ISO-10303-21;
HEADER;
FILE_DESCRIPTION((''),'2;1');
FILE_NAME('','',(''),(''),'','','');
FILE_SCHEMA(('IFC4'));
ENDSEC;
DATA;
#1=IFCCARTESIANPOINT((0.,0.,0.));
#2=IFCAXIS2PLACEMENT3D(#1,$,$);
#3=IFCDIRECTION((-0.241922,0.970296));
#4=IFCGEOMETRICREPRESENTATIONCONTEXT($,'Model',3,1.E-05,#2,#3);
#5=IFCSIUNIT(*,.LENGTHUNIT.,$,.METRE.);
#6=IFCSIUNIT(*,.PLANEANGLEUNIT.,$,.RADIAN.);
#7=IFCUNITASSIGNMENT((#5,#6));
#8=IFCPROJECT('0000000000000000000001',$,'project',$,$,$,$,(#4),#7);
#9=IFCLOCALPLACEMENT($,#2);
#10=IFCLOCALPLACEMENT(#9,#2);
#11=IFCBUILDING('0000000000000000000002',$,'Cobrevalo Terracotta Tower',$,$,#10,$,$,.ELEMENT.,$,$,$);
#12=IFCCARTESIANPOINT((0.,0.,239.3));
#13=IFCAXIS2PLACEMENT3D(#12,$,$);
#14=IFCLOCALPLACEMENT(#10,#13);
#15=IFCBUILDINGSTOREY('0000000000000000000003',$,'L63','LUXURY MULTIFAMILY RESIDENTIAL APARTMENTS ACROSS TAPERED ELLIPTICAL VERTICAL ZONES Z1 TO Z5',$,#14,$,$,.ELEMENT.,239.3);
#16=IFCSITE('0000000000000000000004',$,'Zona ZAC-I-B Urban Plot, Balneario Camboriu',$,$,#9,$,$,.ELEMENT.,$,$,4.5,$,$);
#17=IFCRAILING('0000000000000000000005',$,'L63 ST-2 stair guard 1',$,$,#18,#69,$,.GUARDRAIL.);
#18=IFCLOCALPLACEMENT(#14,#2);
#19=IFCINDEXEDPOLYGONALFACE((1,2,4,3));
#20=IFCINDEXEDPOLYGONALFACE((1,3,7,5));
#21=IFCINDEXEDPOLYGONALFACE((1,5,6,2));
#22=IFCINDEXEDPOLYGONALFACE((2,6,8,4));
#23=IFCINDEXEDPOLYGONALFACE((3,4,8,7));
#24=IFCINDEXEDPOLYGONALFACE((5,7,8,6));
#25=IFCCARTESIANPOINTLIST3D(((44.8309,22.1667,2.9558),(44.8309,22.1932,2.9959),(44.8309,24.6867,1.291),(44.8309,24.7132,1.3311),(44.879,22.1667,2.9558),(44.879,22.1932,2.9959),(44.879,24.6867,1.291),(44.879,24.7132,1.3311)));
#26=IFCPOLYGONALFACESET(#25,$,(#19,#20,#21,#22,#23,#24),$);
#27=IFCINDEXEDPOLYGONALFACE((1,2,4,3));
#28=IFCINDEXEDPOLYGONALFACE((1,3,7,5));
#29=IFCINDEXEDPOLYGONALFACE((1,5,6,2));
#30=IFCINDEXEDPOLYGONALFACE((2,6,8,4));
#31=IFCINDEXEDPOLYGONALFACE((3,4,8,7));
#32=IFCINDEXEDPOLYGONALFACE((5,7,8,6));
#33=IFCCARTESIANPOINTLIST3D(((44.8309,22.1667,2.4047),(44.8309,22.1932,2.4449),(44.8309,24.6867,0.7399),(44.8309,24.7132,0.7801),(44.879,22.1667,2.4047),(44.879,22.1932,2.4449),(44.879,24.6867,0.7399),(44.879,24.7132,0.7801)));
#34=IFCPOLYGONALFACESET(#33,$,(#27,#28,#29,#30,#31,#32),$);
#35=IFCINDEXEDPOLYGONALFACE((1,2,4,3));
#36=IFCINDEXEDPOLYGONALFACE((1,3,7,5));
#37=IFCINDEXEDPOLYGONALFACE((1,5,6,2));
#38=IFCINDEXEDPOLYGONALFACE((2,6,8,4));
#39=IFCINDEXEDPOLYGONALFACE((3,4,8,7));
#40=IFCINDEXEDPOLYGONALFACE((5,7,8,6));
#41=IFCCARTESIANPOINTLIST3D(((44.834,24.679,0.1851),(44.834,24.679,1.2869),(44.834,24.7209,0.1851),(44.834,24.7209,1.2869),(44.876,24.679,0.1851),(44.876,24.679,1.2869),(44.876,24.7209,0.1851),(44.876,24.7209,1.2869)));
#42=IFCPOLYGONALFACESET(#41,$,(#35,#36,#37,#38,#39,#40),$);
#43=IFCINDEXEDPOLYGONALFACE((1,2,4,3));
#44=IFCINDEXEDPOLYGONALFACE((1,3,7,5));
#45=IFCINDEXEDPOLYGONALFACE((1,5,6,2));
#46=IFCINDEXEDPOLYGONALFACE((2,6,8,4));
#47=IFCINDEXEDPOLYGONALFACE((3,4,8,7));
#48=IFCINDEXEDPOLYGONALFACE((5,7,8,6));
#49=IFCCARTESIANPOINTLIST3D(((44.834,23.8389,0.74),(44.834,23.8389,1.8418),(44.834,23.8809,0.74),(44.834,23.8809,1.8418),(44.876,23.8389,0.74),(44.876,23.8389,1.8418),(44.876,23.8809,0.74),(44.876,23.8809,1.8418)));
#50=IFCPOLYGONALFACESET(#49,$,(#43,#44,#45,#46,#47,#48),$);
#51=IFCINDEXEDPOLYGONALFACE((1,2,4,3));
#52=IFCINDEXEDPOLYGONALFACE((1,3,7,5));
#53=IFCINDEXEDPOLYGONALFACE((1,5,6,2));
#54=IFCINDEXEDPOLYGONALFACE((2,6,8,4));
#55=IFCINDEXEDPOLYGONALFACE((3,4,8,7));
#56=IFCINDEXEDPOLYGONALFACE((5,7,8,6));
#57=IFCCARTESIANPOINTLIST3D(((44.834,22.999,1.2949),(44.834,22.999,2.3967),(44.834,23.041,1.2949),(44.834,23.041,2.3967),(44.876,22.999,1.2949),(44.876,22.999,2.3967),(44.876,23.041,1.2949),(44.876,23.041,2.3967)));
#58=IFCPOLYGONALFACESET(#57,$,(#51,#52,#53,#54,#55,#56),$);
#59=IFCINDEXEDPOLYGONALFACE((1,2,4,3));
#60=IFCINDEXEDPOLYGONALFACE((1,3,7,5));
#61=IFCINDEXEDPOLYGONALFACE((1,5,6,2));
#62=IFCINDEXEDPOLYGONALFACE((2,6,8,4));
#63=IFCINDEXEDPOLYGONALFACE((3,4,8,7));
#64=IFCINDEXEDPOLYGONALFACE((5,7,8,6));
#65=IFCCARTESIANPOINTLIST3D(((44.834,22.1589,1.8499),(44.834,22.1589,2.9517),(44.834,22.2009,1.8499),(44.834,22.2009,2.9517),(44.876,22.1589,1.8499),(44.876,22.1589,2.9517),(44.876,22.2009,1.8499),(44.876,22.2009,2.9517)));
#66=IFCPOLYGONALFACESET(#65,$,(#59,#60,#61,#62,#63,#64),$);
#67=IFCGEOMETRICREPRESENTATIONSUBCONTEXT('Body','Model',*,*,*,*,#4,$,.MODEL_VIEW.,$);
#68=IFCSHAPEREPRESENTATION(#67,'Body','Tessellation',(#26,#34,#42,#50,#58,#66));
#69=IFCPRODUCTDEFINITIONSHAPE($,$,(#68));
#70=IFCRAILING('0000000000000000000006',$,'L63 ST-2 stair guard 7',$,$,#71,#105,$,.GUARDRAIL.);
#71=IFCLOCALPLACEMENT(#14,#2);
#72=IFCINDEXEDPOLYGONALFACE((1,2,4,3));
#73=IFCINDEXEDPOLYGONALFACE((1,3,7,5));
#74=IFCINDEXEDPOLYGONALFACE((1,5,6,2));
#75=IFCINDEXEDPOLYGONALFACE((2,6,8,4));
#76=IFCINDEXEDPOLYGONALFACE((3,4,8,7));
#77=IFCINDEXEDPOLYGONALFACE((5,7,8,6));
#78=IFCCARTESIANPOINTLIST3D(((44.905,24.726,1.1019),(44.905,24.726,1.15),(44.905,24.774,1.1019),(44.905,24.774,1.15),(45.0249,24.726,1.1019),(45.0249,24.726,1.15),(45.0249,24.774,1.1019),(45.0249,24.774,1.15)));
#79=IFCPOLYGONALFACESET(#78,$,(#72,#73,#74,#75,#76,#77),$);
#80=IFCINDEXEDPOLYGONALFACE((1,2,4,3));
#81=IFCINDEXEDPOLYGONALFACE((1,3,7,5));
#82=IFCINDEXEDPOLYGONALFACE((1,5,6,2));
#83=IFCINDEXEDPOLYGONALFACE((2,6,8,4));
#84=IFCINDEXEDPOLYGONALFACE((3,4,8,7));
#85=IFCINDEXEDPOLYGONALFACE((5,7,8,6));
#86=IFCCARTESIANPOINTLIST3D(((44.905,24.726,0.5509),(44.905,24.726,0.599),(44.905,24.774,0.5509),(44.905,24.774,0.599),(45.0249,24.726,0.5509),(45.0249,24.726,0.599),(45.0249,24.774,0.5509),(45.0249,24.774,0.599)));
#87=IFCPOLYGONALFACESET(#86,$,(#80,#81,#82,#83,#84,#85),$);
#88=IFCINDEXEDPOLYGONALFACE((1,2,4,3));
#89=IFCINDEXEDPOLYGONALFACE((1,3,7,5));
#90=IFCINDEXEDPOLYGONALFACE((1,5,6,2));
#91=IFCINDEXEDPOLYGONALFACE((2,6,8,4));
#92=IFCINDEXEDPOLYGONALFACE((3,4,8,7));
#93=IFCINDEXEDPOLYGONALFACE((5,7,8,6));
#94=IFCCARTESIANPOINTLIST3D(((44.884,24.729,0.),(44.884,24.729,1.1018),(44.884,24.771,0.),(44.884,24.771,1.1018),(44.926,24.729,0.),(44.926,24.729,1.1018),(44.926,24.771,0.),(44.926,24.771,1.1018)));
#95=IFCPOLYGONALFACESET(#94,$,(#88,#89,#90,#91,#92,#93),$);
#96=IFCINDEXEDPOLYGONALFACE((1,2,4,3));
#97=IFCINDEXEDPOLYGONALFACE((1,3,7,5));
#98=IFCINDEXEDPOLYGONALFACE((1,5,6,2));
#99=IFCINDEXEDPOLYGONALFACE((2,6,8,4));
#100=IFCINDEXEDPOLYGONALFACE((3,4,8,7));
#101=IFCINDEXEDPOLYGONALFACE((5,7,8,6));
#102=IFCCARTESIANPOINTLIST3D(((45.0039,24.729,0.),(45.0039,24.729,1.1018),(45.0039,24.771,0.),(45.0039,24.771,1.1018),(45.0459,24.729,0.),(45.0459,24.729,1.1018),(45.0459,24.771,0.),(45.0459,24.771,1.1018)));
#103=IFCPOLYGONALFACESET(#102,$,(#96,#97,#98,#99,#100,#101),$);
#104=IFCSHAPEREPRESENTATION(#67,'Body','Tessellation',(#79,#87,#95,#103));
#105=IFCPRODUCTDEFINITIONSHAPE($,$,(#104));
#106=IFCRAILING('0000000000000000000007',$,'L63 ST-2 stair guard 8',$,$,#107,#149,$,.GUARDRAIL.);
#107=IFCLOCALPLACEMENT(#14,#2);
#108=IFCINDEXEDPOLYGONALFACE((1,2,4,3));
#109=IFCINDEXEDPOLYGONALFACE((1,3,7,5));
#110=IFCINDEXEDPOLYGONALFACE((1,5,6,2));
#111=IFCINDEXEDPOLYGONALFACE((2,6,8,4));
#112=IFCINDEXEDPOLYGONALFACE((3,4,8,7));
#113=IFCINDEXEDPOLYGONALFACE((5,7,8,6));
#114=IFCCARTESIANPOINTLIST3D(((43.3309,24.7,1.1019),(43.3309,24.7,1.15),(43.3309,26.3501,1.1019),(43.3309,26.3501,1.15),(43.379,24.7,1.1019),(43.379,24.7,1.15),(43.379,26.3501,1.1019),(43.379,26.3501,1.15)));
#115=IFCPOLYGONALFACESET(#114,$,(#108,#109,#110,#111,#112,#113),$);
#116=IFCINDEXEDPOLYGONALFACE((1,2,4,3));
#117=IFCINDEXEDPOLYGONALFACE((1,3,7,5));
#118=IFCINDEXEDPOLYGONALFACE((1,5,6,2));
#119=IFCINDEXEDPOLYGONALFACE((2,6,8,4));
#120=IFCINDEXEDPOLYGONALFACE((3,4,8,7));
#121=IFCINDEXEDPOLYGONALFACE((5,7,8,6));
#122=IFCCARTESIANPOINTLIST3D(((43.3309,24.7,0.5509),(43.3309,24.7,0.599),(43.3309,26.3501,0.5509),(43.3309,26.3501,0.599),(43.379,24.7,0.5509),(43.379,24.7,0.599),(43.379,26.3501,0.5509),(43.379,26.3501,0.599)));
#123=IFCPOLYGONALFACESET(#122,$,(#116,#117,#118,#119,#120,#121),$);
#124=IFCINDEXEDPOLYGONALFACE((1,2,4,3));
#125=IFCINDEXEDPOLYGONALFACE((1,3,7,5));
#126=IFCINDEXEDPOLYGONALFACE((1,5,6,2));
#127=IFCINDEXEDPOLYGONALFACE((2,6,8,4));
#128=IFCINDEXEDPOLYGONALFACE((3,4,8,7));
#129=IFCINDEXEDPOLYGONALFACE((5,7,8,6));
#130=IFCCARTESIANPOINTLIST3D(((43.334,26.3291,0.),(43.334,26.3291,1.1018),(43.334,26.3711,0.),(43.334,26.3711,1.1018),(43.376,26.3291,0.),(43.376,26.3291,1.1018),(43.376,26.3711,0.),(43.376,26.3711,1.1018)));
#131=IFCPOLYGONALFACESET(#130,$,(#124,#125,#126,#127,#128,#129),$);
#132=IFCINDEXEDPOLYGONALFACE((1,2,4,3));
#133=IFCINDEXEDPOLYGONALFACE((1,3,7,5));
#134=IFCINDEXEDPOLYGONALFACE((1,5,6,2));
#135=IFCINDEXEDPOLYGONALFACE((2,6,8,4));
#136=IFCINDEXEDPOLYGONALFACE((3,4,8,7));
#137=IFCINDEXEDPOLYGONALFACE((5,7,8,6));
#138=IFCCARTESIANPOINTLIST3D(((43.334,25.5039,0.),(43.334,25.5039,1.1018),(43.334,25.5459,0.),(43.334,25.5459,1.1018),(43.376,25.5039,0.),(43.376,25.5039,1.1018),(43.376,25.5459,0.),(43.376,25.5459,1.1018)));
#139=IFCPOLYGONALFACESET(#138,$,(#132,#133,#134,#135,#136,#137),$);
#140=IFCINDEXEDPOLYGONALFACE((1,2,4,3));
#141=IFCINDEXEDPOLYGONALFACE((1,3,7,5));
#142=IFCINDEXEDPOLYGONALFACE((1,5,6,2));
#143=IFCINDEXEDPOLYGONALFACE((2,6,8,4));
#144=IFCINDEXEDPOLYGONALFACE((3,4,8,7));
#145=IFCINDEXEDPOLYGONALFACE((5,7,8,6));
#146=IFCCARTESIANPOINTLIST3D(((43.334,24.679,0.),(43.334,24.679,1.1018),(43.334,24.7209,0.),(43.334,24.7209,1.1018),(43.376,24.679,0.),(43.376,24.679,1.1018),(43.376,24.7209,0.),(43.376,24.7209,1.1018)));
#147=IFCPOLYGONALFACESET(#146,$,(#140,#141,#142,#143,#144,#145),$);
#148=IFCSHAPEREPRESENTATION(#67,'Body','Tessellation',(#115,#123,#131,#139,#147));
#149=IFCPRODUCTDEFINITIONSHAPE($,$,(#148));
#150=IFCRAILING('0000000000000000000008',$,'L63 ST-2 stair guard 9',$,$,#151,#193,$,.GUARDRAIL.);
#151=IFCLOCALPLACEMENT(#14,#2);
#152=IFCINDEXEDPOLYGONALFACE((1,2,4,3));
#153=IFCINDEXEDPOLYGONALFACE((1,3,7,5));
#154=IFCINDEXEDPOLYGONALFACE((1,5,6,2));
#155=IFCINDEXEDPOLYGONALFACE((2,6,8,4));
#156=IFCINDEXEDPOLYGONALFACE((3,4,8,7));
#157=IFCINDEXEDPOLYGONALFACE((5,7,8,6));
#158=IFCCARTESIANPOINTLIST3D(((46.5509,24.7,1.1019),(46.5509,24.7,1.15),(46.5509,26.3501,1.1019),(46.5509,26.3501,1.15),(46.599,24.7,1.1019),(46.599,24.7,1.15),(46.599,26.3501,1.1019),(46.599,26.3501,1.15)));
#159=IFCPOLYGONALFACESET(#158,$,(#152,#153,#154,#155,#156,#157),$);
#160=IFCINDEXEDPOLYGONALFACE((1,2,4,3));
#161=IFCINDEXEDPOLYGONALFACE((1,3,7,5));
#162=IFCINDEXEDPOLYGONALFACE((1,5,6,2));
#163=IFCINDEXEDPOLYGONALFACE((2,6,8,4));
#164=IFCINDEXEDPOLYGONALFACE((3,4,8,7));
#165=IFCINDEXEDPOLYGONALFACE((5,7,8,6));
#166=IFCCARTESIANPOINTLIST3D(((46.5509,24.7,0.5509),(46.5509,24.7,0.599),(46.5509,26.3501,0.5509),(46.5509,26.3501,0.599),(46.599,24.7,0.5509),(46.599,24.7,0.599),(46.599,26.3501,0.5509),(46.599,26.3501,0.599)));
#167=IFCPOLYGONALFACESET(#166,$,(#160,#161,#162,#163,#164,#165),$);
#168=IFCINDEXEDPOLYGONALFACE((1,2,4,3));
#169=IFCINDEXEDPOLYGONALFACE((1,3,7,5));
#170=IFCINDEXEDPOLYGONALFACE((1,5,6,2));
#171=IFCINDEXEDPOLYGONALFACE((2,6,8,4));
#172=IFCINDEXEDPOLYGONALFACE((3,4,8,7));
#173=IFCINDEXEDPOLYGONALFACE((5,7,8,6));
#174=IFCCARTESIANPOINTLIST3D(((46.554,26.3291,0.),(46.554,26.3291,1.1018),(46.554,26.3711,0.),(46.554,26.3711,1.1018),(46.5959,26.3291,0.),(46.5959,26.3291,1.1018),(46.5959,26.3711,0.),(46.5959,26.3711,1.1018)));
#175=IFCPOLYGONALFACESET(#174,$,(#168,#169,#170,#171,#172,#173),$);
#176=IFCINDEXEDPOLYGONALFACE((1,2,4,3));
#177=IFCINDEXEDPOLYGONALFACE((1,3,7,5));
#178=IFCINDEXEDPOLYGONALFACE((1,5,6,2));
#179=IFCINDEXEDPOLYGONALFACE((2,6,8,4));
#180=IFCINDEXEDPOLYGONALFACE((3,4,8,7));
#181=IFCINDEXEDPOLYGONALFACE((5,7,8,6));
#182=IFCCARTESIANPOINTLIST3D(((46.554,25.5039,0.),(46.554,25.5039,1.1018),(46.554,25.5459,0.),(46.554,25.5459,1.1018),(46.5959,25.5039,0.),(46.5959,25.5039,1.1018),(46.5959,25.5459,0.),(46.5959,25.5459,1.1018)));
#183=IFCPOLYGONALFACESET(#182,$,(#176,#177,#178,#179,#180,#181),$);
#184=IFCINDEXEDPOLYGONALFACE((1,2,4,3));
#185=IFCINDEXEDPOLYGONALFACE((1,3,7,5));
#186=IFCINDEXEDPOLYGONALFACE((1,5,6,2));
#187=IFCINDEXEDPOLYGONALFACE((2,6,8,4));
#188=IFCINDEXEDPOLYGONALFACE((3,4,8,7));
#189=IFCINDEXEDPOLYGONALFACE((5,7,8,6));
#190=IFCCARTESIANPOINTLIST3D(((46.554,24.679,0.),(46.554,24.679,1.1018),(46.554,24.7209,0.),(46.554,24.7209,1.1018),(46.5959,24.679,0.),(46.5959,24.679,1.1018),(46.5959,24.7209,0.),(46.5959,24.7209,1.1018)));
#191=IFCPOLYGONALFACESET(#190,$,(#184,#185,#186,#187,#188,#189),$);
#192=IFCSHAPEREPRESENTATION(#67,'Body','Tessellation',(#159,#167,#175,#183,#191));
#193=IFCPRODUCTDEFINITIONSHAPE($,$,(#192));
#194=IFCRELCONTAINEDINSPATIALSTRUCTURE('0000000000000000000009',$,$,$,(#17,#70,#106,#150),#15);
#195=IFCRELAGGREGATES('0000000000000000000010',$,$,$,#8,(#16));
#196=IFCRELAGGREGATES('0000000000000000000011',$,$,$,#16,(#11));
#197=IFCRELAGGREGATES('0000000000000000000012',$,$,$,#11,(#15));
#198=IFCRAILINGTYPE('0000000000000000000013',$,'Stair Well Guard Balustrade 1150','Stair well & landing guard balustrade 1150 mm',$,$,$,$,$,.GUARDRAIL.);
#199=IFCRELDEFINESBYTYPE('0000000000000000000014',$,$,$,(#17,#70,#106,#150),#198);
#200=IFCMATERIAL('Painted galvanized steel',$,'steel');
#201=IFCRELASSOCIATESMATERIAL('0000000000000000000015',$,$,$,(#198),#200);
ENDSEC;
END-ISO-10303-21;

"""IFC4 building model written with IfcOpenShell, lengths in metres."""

from ifc_helpers import new_model, si_unit, direction, frame, origin, origin_2d, place, context, subcontext, project, spatial, rectangle, extrude, material, type_object, element, save


model = new_model("IFC4")

# Units and contexts
model_context = context("Model", 3, precision=1e-05, world=origin(), true_north=direction((-0.241922, 0.970296)))
body_context = subcontext(model_context, "Body", "Model", "MODEL_VIEW")
ifc_project = project(units=[si_unit("LENGTHUNIT", "METRE"), si_unit("PLANEANGLEUNIT", "RADIAN")], contexts=[model_context])

# Site, building, storey
site_placement = place(None, origin())
site = spatial("IfcSite", under=ifc_project, at=site_placement, Name="Zona ZAC-I-B Urban Plot, Balneario Camboriu", CompositionType="ELEMENT", RefElevation=4.5)
building_placement = place(site_placement, origin())
building = spatial("IfcBuilding", under=site, at=building_placement, Name="Cobrevalo Terracotta Tower", CompositionType="ELEMENT")
storey_placement = place(building_placement, frame((0.0, 0.0, 239.3)))
storey = spatial("IfcBuildingStorey", under=building, at=storey_placement, Name="L63", Description="LUXURY MULTIFAMILY RESIDENTIAL APARTMENTS ACROSS TAPERED ELLIPTICAL VERTICAL ZONES Z1 TO Z5", CompositionType="ELEMENT", Elevation=239.3)

# Railings
ifc_material_1 = material(Name="Painted galvanized steel", Category="steel")
railing_type = type_object("IfcRailingType", Name="Stair Well Guard Balustrade 1150", Description="Stair well & landing guard balustrade 1150 mm", PredefinedType="GUARDRAIL", material=ifc_material_1)
railing_1_placement = place(storey_placement, frame((44.855, 24.7, 0.1851)))
element("IfcRailing", 1, at=railing_1_placement, inside=storey, type_object=railing_type, Name="L63 ST-2 stair guard 1", PredefinedType="GUARDRAIL", context=body_context, shape_type="SweptSolid", body=[
    extrude(rectangle(XDim=0.0481, YDim=0.0481, at=origin_2d()), frame((0.0, 0.0, 1.126), z_axis=(0.0, -0.834369, 0.551207), x_axis=(1.0, 0.0, 0.0)), (0.0, 0.0, 1.0), 3.0203),
    extrude(rectangle(XDim=0.0481, YDim=0.0481, at=origin_2d()), frame((0.0, 0.0, 0.575), z_axis=(0.0, -0.834369, 0.551207), x_axis=(1.0, 0.0, 0.0)), (0.0, 0.0, 1.0), 3.0203),
    extrude(rectangle(XDim=0.042, YDim=0.042, at=origin_2d()), origin(), (0.0, 0.0, 1.0), 1.1018),
    extrude(rectangle(XDim=0.042, YDim=0.042, at=origin_2d()), frame((0.0, -0.8401, 0.5549)), (0.0, 0.0, 1.0), 1.1018),
    extrude(rectangle(XDim=0.042, YDim=0.042, at=origin_2d()), frame((0.0, -1.6799, 1.1099)), (0.0, 0.0, 1.0), 1.1018),
    extrude(rectangle(XDim=0.042, YDim=0.042, at=origin_2d()), frame((0.0, -2.52, 1.6648)), (0.0, 0.0, 1.0), 1.1018),
])
railing_2_placement = place(storey_placement, frame((44.905, 24.75, 0.0)))
element("IfcRailing", 2, at=railing_2_placement, inside=storey, type_object=railing_type, Name="L63 ST-2 stair guard 7", PredefinedType="GUARDRAIL", context=body_context, shape_type="SweptSolid", body=[
    extrude(rectangle(XDim=0.0481, YDim=0.0481, at=origin_2d()), frame((0.0, 0.0, 1.126), z_axis=(1.0, 0.0, 0.0), x_axis=(0.0, 1.0, 0.0)), (0.0, 0.0, 1.0), 0.1199),
    extrude(rectangle(XDim=0.0481, YDim=0.0481, at=origin_2d()), frame((0.0, 0.0, 0.575), z_axis=(1.0, 0.0, 0.0), x_axis=(0.0, 1.0, 0.0)), (0.0, 0.0, 1.0), 0.1199),
    extrude(rectangle(XDim=0.042, YDim=0.042, at=origin_2d()), origin(), (0.0, 0.0, 1.0), 1.1018),
    extrude(rectangle(XDim=0.042, YDim=0.042, at=origin_2d()), frame((0.1199, 0.0, 0.0)), (0.0, 0.0, 1.0), 1.1018),
])
for number, where, name in (
    (3, (43.355, 26.3501, 0.0), "L63 ST-2 stair guard 8"),
    (4, (46.575, 26.3501, 0.0), "L63 ST-2 stair guard 9"),
):
    element("IfcRailing", number, at=place(storey_placement, frame(where)), inside=storey, type_object=railing_type, Name=name, PredefinedType="GUARDRAIL", context=body_context, shape_type="SweptSolid", body=[
        extrude(rectangle(XDim=0.0481, YDim=0.0481, at=origin_2d()), frame((0.0, 0.0, 1.126), z_axis=(0.0, -1.0, 0.0), x_axis=(1.0, 0.0, 0.0)), (0.0, 0.0, 1.0), 1.6501),
        extrude(rectangle(XDim=0.0481, YDim=0.0481, at=origin_2d()), frame((0.0, 0.0, 0.575), z_axis=(0.0, -1.0, 0.0), x_axis=(1.0, 0.0, 0.0)), (0.0, 0.0, 1.0), 1.6501),
        extrude(rectangle(XDim=0.042, YDim=0.042, at=origin_2d()), origin(), (0.0, 0.0, 1.0), 1.1018),
        extrude(rectangle(XDim=0.042, YDim=0.042, at=origin_2d()), frame((0.0, -0.8252, 0.0)), (0.0, 0.0, 1.0), 1.1018),
        extrude(rectangle(XDim=0.042, YDim=0.042, at=origin_2d()), frame((0.0, -1.6501, 0.0)), (0.0, 0.0, 1.0), 1.1018),
    ])

save(model, "model.ifc")
